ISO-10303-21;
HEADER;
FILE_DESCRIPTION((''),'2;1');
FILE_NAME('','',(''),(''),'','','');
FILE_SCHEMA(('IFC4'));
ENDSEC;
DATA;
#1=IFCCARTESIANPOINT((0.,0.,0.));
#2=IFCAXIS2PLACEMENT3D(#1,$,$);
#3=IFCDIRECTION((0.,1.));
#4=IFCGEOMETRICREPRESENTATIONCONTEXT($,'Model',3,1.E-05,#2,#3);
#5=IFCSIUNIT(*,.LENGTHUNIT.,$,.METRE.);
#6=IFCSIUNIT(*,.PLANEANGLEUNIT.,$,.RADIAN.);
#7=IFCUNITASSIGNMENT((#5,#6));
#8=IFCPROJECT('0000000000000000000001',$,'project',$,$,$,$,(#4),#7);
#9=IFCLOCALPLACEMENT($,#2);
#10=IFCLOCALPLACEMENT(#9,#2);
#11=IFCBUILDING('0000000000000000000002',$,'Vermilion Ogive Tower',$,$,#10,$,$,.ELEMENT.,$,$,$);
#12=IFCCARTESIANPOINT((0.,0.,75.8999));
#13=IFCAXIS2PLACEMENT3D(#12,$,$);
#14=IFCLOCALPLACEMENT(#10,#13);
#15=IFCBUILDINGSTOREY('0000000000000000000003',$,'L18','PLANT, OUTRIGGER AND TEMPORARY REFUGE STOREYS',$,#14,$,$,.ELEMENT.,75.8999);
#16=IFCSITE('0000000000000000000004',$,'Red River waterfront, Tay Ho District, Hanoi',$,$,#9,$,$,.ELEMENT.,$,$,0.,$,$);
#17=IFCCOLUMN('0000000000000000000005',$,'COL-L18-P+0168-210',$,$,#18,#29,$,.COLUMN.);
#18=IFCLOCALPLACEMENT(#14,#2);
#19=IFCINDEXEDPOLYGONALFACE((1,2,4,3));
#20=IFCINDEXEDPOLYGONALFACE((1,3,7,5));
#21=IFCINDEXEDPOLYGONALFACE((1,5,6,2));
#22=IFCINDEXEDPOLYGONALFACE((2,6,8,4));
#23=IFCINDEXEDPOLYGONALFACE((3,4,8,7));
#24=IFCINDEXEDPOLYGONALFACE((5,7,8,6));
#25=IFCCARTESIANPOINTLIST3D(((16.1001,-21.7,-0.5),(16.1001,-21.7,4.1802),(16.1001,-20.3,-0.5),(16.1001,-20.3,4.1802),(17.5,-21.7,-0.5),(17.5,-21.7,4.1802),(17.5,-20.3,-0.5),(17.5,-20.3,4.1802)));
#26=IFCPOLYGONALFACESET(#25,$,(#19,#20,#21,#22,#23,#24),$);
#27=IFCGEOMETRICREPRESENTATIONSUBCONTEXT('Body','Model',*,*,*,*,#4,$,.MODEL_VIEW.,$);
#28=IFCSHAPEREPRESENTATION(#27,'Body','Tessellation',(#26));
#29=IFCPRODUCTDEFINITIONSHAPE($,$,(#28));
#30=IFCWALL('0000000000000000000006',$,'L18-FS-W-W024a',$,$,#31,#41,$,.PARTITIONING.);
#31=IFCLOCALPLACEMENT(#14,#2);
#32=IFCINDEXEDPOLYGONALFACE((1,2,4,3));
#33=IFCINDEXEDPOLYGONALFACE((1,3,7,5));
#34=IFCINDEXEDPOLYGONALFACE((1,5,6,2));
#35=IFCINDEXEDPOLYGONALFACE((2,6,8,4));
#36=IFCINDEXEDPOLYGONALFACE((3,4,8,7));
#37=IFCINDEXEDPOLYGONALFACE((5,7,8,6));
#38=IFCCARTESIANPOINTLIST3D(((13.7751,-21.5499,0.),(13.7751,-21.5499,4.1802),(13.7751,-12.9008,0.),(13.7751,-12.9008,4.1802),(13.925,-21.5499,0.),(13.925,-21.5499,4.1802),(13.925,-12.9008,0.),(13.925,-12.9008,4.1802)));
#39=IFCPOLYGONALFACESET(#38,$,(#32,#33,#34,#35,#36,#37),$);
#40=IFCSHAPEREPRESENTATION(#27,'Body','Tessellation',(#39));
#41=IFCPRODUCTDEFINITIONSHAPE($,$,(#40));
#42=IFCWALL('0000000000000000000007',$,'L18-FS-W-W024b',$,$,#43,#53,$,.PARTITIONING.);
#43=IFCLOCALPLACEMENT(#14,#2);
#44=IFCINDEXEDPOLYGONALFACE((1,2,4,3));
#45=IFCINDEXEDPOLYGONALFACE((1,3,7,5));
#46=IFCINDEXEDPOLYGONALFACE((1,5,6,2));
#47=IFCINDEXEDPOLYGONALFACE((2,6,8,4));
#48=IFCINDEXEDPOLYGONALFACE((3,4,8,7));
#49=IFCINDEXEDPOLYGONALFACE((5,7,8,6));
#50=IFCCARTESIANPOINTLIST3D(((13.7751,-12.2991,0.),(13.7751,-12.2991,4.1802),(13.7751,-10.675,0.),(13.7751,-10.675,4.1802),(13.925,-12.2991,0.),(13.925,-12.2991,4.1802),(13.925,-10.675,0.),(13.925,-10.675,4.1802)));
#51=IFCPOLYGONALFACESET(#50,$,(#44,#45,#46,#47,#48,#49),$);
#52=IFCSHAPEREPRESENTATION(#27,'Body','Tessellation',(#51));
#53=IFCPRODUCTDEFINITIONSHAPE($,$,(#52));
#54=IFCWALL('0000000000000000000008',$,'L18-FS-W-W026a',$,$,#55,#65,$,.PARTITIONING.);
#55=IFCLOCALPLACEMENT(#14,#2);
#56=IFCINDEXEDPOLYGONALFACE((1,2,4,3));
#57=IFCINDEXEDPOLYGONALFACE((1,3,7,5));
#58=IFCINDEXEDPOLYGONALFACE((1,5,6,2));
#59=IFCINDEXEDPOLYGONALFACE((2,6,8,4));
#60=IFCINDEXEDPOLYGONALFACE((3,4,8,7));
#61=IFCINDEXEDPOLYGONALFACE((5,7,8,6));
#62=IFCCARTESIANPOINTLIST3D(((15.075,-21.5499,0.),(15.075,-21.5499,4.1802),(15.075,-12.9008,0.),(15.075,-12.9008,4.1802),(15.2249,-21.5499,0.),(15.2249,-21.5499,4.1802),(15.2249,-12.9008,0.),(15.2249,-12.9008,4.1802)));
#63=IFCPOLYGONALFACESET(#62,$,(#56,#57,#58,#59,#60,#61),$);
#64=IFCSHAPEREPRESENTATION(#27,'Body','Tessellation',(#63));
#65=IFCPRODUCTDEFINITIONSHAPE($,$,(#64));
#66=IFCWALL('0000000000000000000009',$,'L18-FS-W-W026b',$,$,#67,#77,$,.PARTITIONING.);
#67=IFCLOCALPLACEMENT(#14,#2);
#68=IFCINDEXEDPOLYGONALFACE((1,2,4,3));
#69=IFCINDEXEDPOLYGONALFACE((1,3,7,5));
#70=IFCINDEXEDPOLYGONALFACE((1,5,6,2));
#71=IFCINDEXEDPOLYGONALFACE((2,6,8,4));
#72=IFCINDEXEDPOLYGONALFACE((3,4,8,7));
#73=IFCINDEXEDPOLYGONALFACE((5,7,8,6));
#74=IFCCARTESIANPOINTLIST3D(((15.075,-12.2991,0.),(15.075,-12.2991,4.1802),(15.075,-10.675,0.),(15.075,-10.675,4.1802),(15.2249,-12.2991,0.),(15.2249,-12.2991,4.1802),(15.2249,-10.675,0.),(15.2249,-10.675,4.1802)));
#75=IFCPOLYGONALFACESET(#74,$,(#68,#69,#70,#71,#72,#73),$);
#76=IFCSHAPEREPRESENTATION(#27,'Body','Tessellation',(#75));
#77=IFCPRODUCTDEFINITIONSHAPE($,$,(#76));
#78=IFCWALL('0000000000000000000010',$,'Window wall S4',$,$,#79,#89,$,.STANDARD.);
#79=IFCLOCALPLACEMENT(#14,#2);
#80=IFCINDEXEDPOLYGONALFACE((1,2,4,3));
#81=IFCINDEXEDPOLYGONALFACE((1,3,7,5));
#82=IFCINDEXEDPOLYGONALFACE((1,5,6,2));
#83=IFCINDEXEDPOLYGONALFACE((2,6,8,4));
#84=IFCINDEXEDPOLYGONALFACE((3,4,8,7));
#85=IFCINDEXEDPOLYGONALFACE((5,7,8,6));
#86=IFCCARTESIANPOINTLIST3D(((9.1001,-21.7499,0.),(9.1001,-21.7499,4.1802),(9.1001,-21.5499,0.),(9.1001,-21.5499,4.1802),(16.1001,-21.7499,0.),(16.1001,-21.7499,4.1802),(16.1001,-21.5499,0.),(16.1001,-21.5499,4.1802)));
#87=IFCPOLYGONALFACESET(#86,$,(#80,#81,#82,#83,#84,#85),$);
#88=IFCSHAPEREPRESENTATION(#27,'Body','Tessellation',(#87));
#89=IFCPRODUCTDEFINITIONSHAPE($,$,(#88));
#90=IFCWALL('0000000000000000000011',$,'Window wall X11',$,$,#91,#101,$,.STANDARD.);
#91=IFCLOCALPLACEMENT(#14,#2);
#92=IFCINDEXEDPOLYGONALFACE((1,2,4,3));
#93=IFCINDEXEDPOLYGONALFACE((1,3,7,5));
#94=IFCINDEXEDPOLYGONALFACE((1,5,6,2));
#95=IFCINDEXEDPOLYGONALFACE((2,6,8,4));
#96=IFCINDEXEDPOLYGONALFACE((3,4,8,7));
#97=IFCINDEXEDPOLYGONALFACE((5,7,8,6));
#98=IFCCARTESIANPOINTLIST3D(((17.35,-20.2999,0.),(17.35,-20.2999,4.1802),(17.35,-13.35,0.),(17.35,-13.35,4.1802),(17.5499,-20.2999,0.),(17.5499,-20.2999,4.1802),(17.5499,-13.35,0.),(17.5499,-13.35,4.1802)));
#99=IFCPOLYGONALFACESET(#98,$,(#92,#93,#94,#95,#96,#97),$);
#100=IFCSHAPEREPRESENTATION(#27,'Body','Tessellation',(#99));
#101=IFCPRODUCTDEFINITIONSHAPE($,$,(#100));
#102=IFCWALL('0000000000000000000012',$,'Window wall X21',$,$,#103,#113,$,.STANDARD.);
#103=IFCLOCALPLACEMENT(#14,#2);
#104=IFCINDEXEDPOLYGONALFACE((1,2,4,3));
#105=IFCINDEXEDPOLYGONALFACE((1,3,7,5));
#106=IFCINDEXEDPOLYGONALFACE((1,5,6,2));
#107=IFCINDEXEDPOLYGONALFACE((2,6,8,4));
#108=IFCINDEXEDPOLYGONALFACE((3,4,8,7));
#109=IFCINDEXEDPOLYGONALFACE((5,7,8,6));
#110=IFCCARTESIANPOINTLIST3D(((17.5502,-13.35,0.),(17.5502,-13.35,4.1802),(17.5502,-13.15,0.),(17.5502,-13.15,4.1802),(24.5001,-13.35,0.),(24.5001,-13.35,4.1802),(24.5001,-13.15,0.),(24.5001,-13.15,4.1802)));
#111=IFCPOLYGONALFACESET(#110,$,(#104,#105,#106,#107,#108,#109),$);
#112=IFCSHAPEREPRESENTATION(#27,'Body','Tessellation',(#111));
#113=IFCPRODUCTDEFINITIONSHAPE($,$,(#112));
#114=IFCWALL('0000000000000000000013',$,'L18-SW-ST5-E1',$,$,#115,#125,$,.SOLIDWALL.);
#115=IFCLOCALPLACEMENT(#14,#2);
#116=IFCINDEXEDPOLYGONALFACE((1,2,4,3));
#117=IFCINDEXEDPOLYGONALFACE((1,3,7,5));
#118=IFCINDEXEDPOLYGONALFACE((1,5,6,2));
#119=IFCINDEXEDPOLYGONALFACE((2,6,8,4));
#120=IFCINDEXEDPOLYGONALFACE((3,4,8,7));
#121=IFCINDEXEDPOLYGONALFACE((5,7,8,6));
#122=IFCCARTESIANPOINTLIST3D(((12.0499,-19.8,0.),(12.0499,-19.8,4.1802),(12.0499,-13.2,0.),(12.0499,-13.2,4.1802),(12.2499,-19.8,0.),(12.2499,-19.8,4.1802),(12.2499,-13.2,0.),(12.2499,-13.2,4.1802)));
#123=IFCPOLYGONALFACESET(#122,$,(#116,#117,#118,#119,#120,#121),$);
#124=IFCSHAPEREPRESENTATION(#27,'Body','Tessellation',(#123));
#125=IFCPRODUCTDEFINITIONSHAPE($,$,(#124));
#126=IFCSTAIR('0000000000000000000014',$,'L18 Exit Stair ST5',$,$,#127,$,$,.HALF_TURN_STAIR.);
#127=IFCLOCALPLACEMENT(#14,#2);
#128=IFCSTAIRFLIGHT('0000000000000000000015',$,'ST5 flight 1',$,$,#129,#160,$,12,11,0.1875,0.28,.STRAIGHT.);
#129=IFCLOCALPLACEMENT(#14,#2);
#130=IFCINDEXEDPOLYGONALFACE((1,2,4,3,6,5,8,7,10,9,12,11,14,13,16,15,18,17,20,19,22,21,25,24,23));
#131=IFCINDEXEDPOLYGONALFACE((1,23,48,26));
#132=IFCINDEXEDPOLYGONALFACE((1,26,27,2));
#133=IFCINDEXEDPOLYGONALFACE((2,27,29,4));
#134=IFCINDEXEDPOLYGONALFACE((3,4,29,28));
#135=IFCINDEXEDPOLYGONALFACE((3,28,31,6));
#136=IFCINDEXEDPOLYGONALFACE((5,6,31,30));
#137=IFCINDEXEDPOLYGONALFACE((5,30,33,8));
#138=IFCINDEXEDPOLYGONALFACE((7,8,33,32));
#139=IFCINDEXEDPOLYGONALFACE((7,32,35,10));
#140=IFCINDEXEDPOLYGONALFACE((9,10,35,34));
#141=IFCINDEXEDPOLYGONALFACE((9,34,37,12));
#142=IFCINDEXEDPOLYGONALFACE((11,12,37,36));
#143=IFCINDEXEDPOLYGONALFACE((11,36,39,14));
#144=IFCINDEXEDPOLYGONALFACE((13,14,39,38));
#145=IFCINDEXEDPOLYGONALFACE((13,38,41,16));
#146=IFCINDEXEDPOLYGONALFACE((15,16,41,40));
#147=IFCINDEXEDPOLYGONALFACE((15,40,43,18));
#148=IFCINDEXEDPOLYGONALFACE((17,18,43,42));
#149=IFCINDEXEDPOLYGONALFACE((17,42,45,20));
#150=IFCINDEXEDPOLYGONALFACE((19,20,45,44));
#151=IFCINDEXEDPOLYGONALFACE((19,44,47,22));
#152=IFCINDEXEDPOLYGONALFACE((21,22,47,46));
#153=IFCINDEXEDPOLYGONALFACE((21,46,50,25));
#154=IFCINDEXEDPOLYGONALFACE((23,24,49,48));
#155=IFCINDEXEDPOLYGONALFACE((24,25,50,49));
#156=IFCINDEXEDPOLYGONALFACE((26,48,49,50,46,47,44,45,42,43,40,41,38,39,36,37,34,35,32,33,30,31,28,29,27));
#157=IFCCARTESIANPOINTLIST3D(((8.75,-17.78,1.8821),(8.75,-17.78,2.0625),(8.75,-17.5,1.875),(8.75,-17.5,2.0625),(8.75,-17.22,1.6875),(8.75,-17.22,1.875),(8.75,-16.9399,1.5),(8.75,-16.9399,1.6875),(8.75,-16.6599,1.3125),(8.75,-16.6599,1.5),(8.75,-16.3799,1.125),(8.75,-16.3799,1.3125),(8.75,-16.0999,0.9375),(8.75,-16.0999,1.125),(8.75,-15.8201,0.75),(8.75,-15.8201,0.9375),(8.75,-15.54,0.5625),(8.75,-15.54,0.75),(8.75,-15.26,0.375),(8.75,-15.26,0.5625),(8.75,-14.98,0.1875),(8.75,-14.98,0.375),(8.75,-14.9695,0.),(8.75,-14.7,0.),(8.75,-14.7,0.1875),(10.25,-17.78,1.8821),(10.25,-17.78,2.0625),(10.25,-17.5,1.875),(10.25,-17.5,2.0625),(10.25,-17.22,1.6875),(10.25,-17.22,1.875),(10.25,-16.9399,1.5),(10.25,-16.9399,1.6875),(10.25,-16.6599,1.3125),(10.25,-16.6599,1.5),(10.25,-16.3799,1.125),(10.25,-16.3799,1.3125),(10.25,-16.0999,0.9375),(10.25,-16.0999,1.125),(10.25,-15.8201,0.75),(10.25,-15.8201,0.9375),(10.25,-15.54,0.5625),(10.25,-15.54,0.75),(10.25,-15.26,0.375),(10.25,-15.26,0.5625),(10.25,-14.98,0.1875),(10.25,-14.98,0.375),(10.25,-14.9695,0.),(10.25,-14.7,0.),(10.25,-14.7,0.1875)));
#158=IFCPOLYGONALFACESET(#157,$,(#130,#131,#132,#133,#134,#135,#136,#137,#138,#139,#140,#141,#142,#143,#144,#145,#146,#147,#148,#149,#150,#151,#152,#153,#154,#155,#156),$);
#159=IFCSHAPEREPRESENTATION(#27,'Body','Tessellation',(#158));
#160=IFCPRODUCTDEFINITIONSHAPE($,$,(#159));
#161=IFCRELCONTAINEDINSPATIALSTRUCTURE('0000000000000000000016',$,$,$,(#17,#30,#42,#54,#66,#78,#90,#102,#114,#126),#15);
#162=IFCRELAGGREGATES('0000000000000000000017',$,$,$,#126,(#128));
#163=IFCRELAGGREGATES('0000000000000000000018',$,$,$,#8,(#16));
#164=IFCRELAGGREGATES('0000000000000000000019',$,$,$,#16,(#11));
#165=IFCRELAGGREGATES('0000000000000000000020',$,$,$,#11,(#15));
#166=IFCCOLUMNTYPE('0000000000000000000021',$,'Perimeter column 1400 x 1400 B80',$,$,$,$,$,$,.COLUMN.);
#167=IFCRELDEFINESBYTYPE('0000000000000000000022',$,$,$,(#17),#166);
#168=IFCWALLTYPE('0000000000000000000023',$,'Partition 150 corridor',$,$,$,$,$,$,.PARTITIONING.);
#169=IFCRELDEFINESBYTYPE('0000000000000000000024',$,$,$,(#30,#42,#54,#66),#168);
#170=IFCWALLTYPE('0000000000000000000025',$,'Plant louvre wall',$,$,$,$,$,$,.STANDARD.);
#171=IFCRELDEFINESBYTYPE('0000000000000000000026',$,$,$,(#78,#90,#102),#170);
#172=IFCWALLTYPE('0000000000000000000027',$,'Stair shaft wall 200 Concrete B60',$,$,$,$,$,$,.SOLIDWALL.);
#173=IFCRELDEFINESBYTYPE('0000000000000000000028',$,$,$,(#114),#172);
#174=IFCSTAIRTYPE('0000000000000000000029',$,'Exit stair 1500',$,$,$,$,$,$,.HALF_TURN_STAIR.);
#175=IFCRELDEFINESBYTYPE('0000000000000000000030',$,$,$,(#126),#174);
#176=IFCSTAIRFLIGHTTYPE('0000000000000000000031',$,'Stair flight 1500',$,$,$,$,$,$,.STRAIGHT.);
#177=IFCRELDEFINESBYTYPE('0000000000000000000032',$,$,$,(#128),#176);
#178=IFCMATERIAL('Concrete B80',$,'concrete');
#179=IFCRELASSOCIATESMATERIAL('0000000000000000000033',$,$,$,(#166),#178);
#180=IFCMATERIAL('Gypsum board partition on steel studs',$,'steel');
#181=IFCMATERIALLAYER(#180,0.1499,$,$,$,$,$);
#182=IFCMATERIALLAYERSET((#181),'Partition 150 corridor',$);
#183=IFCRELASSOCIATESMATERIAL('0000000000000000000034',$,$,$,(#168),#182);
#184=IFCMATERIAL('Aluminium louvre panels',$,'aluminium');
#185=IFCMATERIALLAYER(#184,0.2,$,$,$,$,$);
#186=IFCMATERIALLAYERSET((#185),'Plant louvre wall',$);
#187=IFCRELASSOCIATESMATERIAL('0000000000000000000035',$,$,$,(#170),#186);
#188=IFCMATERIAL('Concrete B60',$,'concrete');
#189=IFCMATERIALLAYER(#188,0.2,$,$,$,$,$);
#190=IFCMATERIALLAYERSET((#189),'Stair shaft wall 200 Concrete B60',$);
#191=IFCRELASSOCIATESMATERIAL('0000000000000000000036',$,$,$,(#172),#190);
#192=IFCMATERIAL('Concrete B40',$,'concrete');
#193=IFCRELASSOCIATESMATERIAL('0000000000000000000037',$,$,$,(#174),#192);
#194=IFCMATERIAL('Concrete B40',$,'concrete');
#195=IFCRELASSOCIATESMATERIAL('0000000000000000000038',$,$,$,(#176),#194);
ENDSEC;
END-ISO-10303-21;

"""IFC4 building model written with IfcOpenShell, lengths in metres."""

from ifc_helpers import new_model, si_unit, direction, frame, frame_2d, origin, origin_2d, place, context, subcontext, project, spatial, polyline, rectangle, outline, extrude, material, layer, layer_set, material_profile, profile_set, type_object, element, aggregate, save


model = new_model("IFC4")

# Units and contexts
model_context = context("Model", 3, precision=1e-05, world=origin(), true_north=direction((0.0, 1.0)))
body_context = subcontext(model_context, "Body", "Model", "MODEL_VIEW")
ifc_project = project(units=[si_unit("LENGTHUNIT", "METRE"), si_unit("PLANEANGLEUNIT", "RADIAN")], contexts=[model_context])

# Site, building, storey
site_placement = place(None, origin())
site = spatial("IfcSite", under=ifc_project, at=site_placement, Name="Red River waterfront, Tay Ho District, Hanoi", CompositionType="ELEMENT", RefElevation=0.0)
building_placement = place(site_placement, origin())
building = spatial("IfcBuilding", under=site, at=building_placement, Name="Vermilion Ogive Tower", CompositionType="ELEMENT")
storey_placement = place(building_placement, frame((0.0, 0.0, 75.8999)))
storey = spatial("IfcBuildingStorey", under=building, at=storey_placement, Name="L18", Description="PLANT, OUTRIGGER AND TEMPORARY REFUGE STOREYS", CompositionType="ELEMENT", Elevation=75.8999)

# Column
ifc_material_1 = material(Name="Concrete B80", Category="concrete")
ifc_material_profile = material_profile(ifc_material_1, rectangle(XDim=1.3999, YDim=1.3999, at=origin_2d()), Name="1400 x 1400")
ifc_profile_set = profile_set([ifc_material_profile], Name="Concrete B80")
column_type = type_object("IfcColumnType", Name="Perimeter column 1400 x 1400 B80", PredefinedType="COLUMN", material=ifc_profile_set)
column_placement = place(storey_placement, frame((16.8, -21.0, -0.5), z_axis=(0.0, 0.0, 1.0), x_axis=(1.0, 0.0, 0.0)))
element("IfcColumn", 1, at=column_placement, inside=storey, type_object=column_type, Name="COL-L18-P+0168-210", PredefinedType="COLUMN", context=body_context, shape_type="SweptSolid", body=[
    extrude(rectangle(XDim=1.3999, YDim=1.3999, at=origin_2d()), origin(), (0.0, 0.0, 1.0), 4.6802),
])

# Walls
ifc_material_2 = material(Name="Gypsum board partition on steel studs", Category="steel")
ifc_layer_1 = layer(ifc_material_2, 0.1499)
ifc_layer_set_1 = layer_set([ifc_layer_1], Name="Partition 150 corridor")
wall_type_1 = type_object("IfcWallType", Name="Partition 150 corridor", PredefinedType="PARTITIONING", material=ifc_layer_set_1)
wall_1_placement = place(storey_placement, frame((13.8501, -21.55, 0.0), z_axis=(0.0, 0.0, 1.0), x_axis=(0.0, 1.0, 0.0)))
element("IfcWall", 2, at=wall_1_placement, inside=storey, type_object=wall_type_1, Name="L18-FS-W-W024a", PredefinedType="PARTITIONING", context=body_context, shape_type="SweptSolid", body=[
    extrude(rectangle(XDim=8.6492, YDim=0.1499, at=frame_2d((4.3247, 0.0))), origin(), (0.0, 0.0, 1.0), 4.1802),
])
wall_2_placement = place(storey_placement, frame((13.8501, -12.2991, 0.0), z_axis=(0.0, 0.0, 1.0), x_axis=(0.0, 1.0, 0.0)))
element("IfcWall", 3, at=wall_2_placement, inside=storey, type_object=wall_type_1, Name="L18-FS-W-W024b", PredefinedType="PARTITIONING", context=body_context, shape_type="SweptSolid", body=[
    extrude(rectangle(XDim=1.624, YDim=0.1499, at=frame_2d((0.812, 0.0))), origin(), (0.0, 0.0, 1.0), 4.1802),
])
wall_3_placement = place(storey_placement, frame((15.1499, -21.55, 0.0), z_axis=(0.0, 0.0, 1.0), x_axis=(0.0, 1.0, 0.0)))
element("IfcWall", 4, at=wall_3_placement, inside=storey, type_object=wall_type_1, Name="L18-FS-W-W026a", PredefinedType="PARTITIONING", context=body_context, shape_type="SweptSolid", body=[
    extrude(rectangle(XDim=8.6492, YDim=0.1499, at=frame_2d((4.3247, 0.0))), origin(), (0.0, 0.0, 1.0), 4.1802),
])
wall_4_placement = place(storey_placement, frame((15.1499, -12.2991, 0.0), z_axis=(0.0, 0.0, 1.0), x_axis=(0.0, 1.0, 0.0)))
element("IfcWall", 5, at=wall_4_placement, inside=storey, type_object=wall_type_1, Name="L18-FS-W-W026b", PredefinedType="PARTITIONING", context=body_context, shape_type="SweptSolid", body=[
    extrude(rectangle(XDim=1.624, YDim=0.1499, at=frame_2d((0.812, 0.0))), origin(), (0.0, 0.0, 1.0), 4.1802),
])
ifc_material_3 = material(Name="Aluminium louvre panels", Category="aluminium")
ifc_layer_2 = layer(ifc_material_3, 0.2)
ifc_layer_set_2 = layer_set([ifc_layer_2], Name="Plant louvre wall")
wall_type_2 = type_object("IfcWallType", Name="Plant louvre wall", PredefinedType="STANDARD", material=ifc_layer_set_2)
wall_5_placement = place(storey_placement, frame((9.1001, -21.6499, 0.0), z_axis=(0.0, 0.0, 1.0), x_axis=(1.0, 0.0, 0.0)))
element("IfcWall", 6, at=wall_5_placement, inside=storey, type_object=wall_type_2, Name="Window wall S4", PredefinedType="STANDARD", context=body_context, shape_type="SweptSolid", body=[
    extrude(rectangle(XDim=7.0, YDim=0.2, at=frame_2d((3.5, 0.0))), origin(), (0.0, 0.0, 1.0), 4.1802),
])
for number, where, z_axis, x_axis, name in (
    (7, (17.45, -20.3, 0.0), (0.0, 0.0, 1.0), (0.0, 1.0, 0.0), "Window wall X11"),
    (8, (17.55, -13.25, 0.0), (0.0, 0.0, 1.0), (1.0, 0.0, 0.0), "Window wall X21"),
):
    element("IfcWall", number, at=place(storey_placement, frame(where, z_axis=z_axis, x_axis=x_axis)), inside=storey, type_object=wall_type_2, Name=name, PredefinedType="STANDARD", context=body_context, shape_type="SweptSolid", body=[
        extrude(rectangle(XDim=6.95, YDim=0.2, at=frame_2d((3.4751, 0.0))), origin(), (0.0, 0.0, 1.0), 4.1802),
    ])
ifc_material_4 = material(Name="Concrete B60", Category="concrete")
ifc_layer_3 = layer(ifc_material_4, 0.2)
ifc_layer_set_3 = layer_set([ifc_layer_3], Name="Stair shaft wall 200 Concrete B60")
wall_type_3 = type_object("IfcWallType", Name="Stair shaft wall 200 Concrete B60", PredefinedType="SOLIDWALL", material=ifc_layer_set_3)
wall_6_placement = place(storey_placement, frame((12.1499, -19.8, 0.0), z_axis=(0.0, 0.0, 1.0), x_axis=(0.0, 1.0, 0.0)))
element("IfcWall", 9, at=wall_6_placement, inside=storey, type_object=wall_type_3, Name="L18-SW-ST5-E1", PredefinedType="SOLIDWALL", context=body_context, shape_type="SweptSolid", body=[
    extrude(rectangle(XDim=6.6001, YDim=0.2, at=frame_2d((3.3, 0.0))), origin(), (0.0, 0.0, 1.0), 4.1802),
])

# Stair, stair flight
ifc_material_5 = material(Name="Concrete B40", Category="concrete")
stair_type = type_object("IfcStairType", Name="Exit stair 1500", PredefinedType="HALF_TURN_STAIR", material=ifc_material_5)
stair_placement = place(storey_placement, origin())
stair = element("IfcStair", 10, at=stair_placement, inside=storey, type_object=stair_type, Name="L18 Exit Stair ST5", PredefinedType="HALF_TURN_STAIR")
ifc_material_6 = material(Name="Concrete B40", Category="concrete")
stair_flight_type = type_object("IfcStairFlightType", Name="Stair flight 1500", PredefinedType="STRAIGHT", material=ifc_material_6)
stair_flight_1_placement = place(storey_placement, frame((9.5, -14.7, 0.0), z_axis=(0.0, 0.0, 1.0), x_axis=(0.0, -1.0, 0.0)))
stair_flight_1 = element("IfcStairFlight", 11, at=stair_flight_1_placement, type_object=stair_flight_type, Name="ST5 flight 1", NumberOfRisers=12, NumberOfTreads=11, PredefinedType="STRAIGHT", RiserHeight=0.1875, TreadLength=0.28, context=body_context, shape_type="SweptSolid", body=[
    extrude(outline(polyline([(0.0, 0.0), (0.0, 0.1875), (0.28, 0.1875), (0.28, 0.375), (0.5601, 0.375), (0.5601, 0.5625), (0.8401, 0.5625), (0.8401, 0.75), (1.1201, 0.75), (1.1201, 0.9375), (1.3999, 0.9375), (1.3999, 1.125), (1.6799, 1.125), (1.6799, 1.3125), (1.96, 1.3125), (1.96, 1.5), (2.24, 1.5), (2.24, 1.6875), (2.52, 1.6875), (2.52, 1.875), (2.8, 1.875), (2.8, 2.0625), (3.0801, 2.0625), (3.0801, 2.25), (3.0801, 1.8821), (0.2695, 0.0), (0.0, 0.0)])), frame((0.0, 0.75, 0.0), z_axis=(0.0, -1.0, 0.0), x_axis=(1.0, 0.0, 0.0)), (0.0, 0.0, 1.0), 1.5),
])
aggregate(stair, [stair_flight_1])

save(model, "model.ifc")
